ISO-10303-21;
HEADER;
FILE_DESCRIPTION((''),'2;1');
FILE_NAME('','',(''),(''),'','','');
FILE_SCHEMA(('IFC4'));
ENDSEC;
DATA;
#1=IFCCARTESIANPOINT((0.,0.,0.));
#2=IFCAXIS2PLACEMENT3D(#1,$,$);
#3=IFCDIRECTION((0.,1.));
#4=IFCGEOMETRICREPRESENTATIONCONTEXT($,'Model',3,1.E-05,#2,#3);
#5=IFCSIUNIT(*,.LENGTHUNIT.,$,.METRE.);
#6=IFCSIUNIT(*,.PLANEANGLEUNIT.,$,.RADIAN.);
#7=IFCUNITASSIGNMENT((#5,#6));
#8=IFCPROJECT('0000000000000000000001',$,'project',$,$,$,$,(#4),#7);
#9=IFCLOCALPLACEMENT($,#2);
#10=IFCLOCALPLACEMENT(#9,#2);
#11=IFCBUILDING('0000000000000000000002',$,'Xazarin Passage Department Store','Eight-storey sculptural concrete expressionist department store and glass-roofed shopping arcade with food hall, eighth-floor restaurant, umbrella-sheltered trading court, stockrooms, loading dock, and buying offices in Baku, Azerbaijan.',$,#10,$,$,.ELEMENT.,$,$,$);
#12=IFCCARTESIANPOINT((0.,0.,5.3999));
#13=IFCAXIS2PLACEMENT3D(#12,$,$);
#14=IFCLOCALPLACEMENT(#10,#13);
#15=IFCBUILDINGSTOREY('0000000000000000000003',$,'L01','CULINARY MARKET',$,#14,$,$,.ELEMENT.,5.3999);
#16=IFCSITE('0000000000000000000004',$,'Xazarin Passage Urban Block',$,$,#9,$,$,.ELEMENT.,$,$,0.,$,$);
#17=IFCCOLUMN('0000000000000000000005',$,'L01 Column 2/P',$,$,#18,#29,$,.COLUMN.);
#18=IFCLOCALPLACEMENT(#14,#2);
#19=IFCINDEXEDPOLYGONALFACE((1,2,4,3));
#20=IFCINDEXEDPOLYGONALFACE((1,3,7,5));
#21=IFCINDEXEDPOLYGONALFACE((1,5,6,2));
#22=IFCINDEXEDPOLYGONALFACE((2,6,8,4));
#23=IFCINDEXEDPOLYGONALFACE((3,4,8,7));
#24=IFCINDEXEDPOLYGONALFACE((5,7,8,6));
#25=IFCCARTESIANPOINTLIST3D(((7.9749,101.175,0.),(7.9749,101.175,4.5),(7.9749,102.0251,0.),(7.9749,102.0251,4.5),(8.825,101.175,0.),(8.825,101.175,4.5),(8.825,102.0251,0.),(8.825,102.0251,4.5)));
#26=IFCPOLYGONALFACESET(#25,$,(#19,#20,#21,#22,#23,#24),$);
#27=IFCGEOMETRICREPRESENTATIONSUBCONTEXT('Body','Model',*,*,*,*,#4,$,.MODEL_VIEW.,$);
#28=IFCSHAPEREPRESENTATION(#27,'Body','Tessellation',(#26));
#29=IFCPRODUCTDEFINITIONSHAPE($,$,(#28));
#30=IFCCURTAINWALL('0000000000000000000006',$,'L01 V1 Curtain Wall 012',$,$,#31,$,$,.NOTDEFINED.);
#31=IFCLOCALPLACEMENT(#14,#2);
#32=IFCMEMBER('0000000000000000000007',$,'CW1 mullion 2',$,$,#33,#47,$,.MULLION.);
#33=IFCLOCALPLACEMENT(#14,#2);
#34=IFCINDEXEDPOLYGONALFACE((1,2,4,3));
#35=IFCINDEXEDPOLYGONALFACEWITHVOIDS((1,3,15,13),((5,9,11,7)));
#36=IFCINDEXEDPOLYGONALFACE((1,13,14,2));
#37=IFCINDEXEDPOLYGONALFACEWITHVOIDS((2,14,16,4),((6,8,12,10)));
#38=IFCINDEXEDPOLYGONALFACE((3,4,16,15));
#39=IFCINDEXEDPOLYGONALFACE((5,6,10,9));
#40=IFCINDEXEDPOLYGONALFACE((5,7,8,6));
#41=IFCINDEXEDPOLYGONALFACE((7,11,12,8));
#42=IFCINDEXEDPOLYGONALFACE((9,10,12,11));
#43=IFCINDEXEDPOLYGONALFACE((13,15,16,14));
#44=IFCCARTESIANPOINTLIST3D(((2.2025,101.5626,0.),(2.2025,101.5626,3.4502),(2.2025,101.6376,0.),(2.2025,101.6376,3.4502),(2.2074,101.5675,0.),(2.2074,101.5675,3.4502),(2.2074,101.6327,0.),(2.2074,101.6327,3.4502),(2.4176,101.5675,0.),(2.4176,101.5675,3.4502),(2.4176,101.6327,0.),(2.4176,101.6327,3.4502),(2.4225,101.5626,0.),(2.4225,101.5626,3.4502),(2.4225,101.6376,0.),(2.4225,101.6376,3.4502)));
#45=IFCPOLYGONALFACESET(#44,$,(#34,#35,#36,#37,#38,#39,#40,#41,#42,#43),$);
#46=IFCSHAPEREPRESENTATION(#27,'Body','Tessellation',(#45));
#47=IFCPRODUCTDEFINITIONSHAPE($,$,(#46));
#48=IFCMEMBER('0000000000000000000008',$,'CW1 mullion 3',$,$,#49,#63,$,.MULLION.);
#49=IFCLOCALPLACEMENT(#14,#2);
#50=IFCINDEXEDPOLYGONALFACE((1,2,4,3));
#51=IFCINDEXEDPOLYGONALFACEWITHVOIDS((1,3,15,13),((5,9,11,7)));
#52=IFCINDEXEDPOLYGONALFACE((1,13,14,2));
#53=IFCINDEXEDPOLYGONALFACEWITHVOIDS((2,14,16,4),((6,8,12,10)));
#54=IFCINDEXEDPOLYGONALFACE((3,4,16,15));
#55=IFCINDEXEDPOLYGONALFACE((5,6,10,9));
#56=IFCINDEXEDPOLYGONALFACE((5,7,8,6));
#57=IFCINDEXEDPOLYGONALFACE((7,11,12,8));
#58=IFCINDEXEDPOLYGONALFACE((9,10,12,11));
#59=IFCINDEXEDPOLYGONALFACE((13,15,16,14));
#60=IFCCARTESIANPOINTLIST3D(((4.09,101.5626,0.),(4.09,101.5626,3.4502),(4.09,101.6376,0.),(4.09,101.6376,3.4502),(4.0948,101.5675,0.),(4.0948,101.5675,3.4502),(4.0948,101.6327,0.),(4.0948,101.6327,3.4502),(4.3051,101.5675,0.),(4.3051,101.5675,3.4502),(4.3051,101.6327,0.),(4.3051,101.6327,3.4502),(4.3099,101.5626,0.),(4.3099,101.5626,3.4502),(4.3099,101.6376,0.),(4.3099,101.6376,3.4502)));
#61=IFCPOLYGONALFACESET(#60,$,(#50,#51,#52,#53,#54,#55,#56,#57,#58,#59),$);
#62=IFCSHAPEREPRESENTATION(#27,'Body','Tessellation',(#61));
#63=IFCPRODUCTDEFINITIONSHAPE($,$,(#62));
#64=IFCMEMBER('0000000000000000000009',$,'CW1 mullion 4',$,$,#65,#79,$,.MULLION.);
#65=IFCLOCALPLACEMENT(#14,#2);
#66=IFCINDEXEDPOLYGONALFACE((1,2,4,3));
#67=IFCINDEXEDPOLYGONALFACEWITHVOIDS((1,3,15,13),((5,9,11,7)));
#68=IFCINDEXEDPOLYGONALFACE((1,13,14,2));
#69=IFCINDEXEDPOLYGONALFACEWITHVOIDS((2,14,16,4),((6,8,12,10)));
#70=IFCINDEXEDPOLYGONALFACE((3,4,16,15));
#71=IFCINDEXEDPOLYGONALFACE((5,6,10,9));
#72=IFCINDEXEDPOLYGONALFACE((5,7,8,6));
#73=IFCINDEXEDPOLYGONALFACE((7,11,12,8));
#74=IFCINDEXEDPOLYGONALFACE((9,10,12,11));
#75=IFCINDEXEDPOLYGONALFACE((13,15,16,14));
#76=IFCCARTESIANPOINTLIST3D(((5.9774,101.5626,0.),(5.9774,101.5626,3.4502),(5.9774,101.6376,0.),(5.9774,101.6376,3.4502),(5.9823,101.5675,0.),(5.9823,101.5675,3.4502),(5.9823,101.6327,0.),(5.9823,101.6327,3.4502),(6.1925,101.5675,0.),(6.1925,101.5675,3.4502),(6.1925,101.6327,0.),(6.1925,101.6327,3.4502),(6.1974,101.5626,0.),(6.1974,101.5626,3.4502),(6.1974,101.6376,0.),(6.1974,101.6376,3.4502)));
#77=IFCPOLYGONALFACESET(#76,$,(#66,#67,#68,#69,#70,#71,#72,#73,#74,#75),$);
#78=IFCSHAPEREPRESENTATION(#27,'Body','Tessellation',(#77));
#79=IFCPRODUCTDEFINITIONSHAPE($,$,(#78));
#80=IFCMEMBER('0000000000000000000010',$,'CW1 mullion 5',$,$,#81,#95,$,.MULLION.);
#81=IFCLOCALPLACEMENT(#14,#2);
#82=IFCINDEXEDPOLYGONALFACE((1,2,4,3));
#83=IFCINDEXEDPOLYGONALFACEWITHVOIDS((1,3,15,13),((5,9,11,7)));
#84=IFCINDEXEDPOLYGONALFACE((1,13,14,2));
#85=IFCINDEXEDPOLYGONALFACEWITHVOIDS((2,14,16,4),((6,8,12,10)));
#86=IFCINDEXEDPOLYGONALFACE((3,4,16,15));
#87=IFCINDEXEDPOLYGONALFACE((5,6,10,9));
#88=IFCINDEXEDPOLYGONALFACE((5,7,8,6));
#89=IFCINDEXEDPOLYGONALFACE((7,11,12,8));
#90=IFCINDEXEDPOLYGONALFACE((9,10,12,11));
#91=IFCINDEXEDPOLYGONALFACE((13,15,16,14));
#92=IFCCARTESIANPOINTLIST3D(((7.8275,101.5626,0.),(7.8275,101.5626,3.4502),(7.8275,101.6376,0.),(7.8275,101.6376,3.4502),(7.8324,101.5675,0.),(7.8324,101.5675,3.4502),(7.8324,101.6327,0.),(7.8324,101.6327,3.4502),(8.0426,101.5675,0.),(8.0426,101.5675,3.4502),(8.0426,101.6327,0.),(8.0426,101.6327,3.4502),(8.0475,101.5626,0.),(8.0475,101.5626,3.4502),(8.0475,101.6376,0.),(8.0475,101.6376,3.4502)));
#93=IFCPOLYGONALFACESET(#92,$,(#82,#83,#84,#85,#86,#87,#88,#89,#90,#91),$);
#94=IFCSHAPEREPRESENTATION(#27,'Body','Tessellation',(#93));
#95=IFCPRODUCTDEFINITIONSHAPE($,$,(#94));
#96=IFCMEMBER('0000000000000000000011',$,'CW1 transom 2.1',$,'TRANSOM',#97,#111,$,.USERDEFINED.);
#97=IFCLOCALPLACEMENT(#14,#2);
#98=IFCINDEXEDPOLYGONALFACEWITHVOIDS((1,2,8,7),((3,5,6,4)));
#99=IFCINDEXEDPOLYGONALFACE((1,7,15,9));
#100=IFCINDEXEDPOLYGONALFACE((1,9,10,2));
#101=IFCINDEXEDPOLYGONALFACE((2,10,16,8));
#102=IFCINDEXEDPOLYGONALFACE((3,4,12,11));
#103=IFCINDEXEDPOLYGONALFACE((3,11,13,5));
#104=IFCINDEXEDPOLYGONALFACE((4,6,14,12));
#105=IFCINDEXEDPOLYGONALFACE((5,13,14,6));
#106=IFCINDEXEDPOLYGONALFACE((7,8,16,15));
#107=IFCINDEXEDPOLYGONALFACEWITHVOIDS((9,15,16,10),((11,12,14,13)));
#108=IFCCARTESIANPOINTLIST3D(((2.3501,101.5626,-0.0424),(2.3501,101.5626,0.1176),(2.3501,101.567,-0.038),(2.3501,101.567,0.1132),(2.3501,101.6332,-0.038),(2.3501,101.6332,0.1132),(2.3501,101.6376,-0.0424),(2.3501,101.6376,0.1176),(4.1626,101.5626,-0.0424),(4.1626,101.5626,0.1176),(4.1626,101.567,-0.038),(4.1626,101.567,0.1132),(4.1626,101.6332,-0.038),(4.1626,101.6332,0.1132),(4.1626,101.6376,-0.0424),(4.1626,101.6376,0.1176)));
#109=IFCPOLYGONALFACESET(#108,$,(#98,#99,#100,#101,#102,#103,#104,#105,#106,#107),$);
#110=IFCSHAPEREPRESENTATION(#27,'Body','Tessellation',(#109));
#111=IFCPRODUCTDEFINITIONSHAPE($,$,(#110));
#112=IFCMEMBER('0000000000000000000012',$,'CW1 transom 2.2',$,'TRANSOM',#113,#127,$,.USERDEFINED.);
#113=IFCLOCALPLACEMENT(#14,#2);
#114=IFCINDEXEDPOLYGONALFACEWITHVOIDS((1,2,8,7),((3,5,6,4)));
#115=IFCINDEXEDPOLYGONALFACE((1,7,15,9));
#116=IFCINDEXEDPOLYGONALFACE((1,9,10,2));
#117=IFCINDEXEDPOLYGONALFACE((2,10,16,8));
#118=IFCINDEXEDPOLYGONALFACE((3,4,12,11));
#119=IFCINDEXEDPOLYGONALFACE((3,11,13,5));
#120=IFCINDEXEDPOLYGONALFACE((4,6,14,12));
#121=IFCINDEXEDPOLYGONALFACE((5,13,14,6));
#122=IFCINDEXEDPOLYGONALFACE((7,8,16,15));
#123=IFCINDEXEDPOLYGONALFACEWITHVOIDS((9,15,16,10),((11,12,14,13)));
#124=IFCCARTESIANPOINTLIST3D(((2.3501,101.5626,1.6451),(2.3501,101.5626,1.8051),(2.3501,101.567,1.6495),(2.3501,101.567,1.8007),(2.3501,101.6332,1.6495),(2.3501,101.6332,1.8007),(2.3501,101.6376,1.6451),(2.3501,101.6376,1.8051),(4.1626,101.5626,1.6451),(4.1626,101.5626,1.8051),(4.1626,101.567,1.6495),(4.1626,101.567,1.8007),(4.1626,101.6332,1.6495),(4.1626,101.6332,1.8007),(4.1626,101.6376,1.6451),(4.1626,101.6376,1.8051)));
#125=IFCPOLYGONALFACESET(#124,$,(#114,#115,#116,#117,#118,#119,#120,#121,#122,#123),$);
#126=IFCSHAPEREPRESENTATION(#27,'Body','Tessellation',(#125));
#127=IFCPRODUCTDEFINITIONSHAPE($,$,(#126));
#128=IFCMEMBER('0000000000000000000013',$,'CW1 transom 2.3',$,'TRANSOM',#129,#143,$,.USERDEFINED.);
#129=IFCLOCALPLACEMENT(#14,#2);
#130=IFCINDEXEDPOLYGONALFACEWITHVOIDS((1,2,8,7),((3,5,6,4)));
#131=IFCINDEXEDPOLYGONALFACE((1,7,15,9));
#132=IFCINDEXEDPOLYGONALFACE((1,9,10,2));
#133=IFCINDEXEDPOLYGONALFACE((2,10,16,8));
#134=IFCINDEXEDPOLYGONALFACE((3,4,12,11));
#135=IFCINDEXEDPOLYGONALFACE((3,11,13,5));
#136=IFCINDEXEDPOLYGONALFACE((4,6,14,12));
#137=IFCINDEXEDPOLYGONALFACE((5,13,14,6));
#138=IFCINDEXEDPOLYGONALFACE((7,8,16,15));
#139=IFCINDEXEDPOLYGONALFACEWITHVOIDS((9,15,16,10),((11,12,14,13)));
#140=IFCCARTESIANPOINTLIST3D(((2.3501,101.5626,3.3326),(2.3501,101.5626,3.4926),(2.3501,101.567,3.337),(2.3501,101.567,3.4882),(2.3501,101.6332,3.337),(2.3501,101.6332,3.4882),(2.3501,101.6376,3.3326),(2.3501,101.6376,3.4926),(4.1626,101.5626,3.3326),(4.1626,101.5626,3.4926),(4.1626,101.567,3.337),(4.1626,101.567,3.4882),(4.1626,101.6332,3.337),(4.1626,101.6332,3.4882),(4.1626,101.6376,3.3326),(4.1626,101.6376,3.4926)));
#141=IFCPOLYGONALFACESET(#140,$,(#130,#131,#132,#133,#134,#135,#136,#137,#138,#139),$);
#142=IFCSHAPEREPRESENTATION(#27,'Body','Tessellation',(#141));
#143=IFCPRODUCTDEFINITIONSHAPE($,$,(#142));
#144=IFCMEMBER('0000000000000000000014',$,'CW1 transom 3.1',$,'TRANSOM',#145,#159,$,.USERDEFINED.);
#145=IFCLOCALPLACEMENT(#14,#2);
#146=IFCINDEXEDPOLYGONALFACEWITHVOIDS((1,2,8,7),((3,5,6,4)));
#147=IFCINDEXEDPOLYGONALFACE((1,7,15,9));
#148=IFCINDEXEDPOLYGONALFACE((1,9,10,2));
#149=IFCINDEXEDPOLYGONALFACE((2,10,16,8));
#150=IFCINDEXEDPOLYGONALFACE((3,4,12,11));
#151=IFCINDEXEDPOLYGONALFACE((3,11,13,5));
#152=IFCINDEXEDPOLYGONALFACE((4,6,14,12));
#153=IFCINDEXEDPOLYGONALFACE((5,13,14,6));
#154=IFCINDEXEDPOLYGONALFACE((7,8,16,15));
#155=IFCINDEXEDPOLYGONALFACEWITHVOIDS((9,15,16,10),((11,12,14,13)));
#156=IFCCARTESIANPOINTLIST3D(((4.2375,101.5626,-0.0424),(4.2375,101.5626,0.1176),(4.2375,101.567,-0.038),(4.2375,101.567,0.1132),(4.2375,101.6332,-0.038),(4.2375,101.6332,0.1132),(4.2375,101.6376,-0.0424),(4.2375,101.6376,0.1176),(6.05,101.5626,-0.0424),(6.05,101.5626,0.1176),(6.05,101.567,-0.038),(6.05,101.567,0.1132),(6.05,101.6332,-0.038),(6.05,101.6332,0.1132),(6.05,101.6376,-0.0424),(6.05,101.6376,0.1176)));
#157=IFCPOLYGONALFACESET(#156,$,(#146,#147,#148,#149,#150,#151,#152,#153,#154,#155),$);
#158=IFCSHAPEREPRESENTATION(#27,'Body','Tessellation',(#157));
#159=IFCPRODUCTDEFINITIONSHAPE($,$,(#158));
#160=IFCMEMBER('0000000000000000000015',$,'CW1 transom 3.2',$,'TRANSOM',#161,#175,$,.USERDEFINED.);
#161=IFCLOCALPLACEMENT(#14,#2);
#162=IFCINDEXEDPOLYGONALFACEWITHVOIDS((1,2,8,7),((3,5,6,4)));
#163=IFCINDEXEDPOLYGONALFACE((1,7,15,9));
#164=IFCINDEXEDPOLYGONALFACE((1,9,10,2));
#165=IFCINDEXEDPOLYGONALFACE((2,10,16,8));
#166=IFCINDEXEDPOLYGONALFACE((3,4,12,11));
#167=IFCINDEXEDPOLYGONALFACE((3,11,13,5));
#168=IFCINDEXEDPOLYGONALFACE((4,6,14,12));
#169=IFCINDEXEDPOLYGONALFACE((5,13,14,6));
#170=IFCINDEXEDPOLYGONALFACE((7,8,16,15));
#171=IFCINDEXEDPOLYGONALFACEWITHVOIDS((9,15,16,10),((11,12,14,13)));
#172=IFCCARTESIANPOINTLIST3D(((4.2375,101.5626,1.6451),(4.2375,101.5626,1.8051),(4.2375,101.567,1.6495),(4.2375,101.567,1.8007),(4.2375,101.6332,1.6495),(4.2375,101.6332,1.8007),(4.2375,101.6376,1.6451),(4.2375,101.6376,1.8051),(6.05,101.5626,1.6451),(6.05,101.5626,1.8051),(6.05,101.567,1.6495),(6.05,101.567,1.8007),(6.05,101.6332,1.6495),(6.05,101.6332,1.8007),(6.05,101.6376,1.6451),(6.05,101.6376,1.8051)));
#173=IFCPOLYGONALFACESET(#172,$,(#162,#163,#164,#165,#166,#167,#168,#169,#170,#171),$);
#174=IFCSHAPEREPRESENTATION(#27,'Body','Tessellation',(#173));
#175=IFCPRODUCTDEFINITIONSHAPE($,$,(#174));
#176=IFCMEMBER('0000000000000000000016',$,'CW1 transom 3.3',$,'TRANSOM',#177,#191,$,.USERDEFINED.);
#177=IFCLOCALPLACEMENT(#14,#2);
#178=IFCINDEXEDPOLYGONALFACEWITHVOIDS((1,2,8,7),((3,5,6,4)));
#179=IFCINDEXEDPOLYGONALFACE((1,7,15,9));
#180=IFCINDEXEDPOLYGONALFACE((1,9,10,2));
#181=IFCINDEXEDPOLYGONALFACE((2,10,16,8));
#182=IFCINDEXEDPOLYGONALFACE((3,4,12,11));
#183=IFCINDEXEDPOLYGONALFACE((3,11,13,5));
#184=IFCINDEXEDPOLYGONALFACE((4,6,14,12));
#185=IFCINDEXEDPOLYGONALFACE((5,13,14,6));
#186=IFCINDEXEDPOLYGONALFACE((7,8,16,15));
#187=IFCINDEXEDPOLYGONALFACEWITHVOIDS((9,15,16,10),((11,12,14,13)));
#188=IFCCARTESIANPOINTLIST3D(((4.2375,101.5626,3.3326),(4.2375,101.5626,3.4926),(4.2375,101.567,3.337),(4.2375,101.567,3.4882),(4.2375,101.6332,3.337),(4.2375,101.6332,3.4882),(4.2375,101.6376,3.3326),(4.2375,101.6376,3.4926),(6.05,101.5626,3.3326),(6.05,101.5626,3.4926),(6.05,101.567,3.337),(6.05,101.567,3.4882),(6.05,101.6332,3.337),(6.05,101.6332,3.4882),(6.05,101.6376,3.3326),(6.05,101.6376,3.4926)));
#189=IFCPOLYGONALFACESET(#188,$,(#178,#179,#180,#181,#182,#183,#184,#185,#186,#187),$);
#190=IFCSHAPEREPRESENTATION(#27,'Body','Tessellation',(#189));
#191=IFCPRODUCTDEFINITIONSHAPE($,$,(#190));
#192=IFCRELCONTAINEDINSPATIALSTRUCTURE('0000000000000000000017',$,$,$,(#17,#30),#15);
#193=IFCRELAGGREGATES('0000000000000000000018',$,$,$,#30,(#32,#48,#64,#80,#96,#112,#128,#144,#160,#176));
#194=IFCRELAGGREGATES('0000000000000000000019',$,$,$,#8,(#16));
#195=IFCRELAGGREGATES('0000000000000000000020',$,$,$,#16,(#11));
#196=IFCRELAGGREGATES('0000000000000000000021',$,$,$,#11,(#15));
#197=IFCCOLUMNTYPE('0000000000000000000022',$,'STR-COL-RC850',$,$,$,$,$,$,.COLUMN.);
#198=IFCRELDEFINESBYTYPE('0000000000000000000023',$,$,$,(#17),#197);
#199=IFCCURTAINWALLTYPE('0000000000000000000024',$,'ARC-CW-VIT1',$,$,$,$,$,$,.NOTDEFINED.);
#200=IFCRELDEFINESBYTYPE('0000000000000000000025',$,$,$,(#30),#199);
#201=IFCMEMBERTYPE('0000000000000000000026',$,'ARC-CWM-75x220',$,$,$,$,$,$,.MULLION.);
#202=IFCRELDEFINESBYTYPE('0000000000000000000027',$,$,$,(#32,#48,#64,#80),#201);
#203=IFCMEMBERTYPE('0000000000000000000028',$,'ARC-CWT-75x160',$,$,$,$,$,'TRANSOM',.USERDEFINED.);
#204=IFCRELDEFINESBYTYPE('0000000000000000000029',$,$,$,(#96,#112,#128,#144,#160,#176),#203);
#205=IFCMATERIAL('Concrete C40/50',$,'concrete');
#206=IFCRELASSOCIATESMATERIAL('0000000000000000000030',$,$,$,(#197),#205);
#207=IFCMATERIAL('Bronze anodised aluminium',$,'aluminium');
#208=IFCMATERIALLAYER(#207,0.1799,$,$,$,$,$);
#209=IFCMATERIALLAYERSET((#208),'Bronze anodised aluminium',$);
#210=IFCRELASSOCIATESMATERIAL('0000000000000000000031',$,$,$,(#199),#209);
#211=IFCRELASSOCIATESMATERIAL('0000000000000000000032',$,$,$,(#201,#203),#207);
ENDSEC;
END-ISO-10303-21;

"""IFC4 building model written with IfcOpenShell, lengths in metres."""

from ifc_helpers import new_model, si_unit, direction, frame, origin, origin_2d, place, context, subcontext, project, spatial, rectangle, hollow_rectangle, extrude, material, layer, layer_set, material_profile, profile_set, type_object, element, aggregate, save


model = new_model("IFC4")

# Units and contexts
model_context = context("Model", 3, precision=1e-05, world=origin(), true_north=direction((0.0, 1.0)))
body_context = subcontext(model_context, "Body", "Model", "MODEL_VIEW")
ifc_project = project(units=[si_unit("LENGTHUNIT", "METRE"), si_unit("PLANEANGLEUNIT", "RADIAN")], contexts=[model_context])

# Site, building, storey
site_placement = place(None, origin())
site = spatial("IfcSite", under=ifc_project, at=site_placement, Name="Xazarin Passage Urban Block", CompositionType="ELEMENT", RefElevation=0.0)
building_placement = place(site_placement, origin())
building = spatial("IfcBuilding", under=site, at=building_placement, Name="Xazarin Passage Department Store", Description="Eight-storey sculptural concrete expressionist department store and glass-roofed shopping arcade with food hall, eighth-floor restaurant, umbrella-sheltered trading court, stockrooms, loading dock, and buying offices in Baku, Azerbaijan.", CompositionType="ELEMENT")
storey_placement = place(building_placement, frame((0.0, 0.0, 5.3999)))
storey = spatial("IfcBuildingStorey", under=building, at=storey_placement, Name="L01", Description="CULINARY MARKET", CompositionType="ELEMENT", Elevation=5.3999)

# Column
ifc_material_1 = material(Name="Concrete C40/50", Category="concrete")
ifc_material_profile_1 = material_profile(ifc_material_1, rectangle(XDim=0.8501, YDim=0.8501, at=origin_2d()), Name="RC 850x850")
ifc_profile_set_1 = profile_set([ifc_material_profile_1], Name="Concrete C40/50")
column_type = type_object("IfcColumnType", Name="STR-COL-RC850", PredefinedType="COLUMN", material=ifc_profile_set_1)
column_placement = place(storey_placement, frame((8.3999, 101.6001, 0.0), z_axis=(0.0, 0.0, 1.0), x_axis=(1.0, 0.0, 0.0)))
element("IfcColumn", 1, at=column_placement, inside=storey, type_object=column_type, Name="L01 Column 2/P", PredefinedType="COLUMN", context=body_context, shape_type="SweptSolid", body=[
    extrude(rectangle(XDim=0.8501, YDim=0.8501, at=origin_2d()), origin(), (0.0, 0.0, 1.0), 4.5),
])

# Curtain wall, members
ifc_material_2 = material(Name="Bronze anodised aluminium", Category="aluminium")
ifc_layer_1 = layer(ifc_material_2, 0.1799)
ifc_layer_set_1 = layer_set([ifc_layer_1], Name="Bronze anodised aluminium")
curtain_wall_type = type_object("IfcCurtainWallType", Name="ARC-CW-VIT1", PredefinedType="NOTDEFINED", material=ifc_layer_set_1)
curtain_wall_placement = place(storey_placement, origin())
curtain_wall = element("IfcCurtainWall", 2, at=curtain_wall_placement, inside=storey, type_object=curtain_wall_type, Name="L01 V1 Curtain Wall 012", PredefinedType="NOTDEFINED")
ifc_material_profile_2 = material_profile(ifc_material_2, hollow_rectangle(XDim=0.075, YDim=0.22, WallThickness=0.0049, at=origin_2d()), Name="ALU 75x220")
ifc_profile_set_2 = profile_set([ifc_material_profile_2], Name="Bronze anodised aluminium")
member_type_1 = type_object("IfcMemberType", Name="ARC-CWM-75x220", PredefinedType="MULLION", material=ifc_profile_set_2)
member_1_placement = place(storey_placement, frame((2.3125, 101.6001, 0.0), z_axis=(0.0, 0.0, 1.0), x_axis=(0.0, 1.0, 0.0)))
member_1 = element("IfcMember", 3, at=member_1_placement, type_object=member_type_1, Name="CW1 mullion 2", PredefinedType="MULLION", context=body_context, shape_type="SweptSolid", body=[
    extrude(hollow_rectangle(XDim=0.075, YDim=0.22, WallThickness=0.0049, at=origin_2d()), origin(), (0.0, 0.0, 1.0), 3.4502),
])
member_2_placement = place(storey_placement, frame((4.2, 101.6001, 0.0), z_axis=(0.0, 0.0, 1.0), x_axis=(0.0, 1.0, 0.0)))
member_2 = element("IfcMember", 4, at=member_2_placement, type_object=member_type_1, Name="CW1 mullion 3", PredefinedType="MULLION", context=body_context, shape_type="SweptSolid", body=[
    extrude(hollow_rectangle(XDim=0.075, YDim=0.22, WallThickness=0.0049, at=origin_2d()), origin(), (0.0, 0.0, 1.0), 3.4502),
])
member_3_placement = place(storey_placement, frame((6.0874, 101.6001, 0.0), z_axis=(0.0, 0.0, 1.0), x_axis=(0.0, 1.0, 0.0)))
member_3 = element("IfcMember", 5, at=member_3_placement, type_object=member_type_1, Name="CW1 mullion 4", PredefinedType="MULLION", context=body_context, shape_type="SweptSolid", body=[
    extrude(hollow_rectangle(XDim=0.075, YDim=0.22, WallThickness=0.0049, at=origin_2d()), origin(), (0.0, 0.0, 1.0), 3.4502),
])
member_4_placement = place(storey_placement, frame((7.9375, 101.6001, 0.0), z_axis=(0.0, 0.0, 1.0), x_axis=(0.0, 1.0, 0.0)))
member_4 = element("IfcMember", 6, at=member_4_placement, type_object=member_type_1, Name="CW1 mullion 5", PredefinedType="MULLION", context=body_context, shape_type="SweptSolid", body=[
    extrude(hollow_rectangle(XDim=0.075, YDim=0.22, WallThickness=0.0049, at=origin_2d()), origin(), (0.0, 0.0, 1.0), 3.4502),
])
ifc_material_profile_3 = material_profile(ifc_material_2, hollow_rectangle(XDim=0.075, YDim=0.1599, WallThickness=0.0044, at=origin_2d()), Name="ALU 75x160")
ifc_profile_set_3 = profile_set([ifc_material_profile_3], Name="Bronze anodised aluminium")
member_type_2 = type_object("IfcMemberType", Name="ARC-CWT-75x160", ElementType="TRANSOM", PredefinedType="USERDEFINED", material=ifc_profile_set_3)
member_5_placement = place(storey_placement, frame((2.3501, 101.6001, 0.0376), z_axis=(1.0, 0.0, 0.0), x_axis=(0.0, 1.0, 0.0)))
member_5 = element("IfcMember", 7, at=member_5_placement, type_object=member_type_2, Name="CW1 transom 2.1", ObjectType="TRANSOM", PredefinedType="USERDEFINED", context=body_context, shape_type="SweptSolid", body=[
    extrude(hollow_rectangle(XDim=0.075, YDim=0.1599, WallThickness=0.0044, at=origin_2d()), origin(), (0.0, 0.0, 1.0), 1.8125),
])
member_6_placement = place(storey_placement, frame((2.3501, 101.6001, 1.7251), z_axis=(1.0, 0.0, 0.0), x_axis=(0.0, 1.0, 0.0)))
member_6 = element("IfcMember", 8, at=member_6_placement, type_object=member_type_2, Name="CW1 transom 2.2", ObjectType="TRANSOM", PredefinedType="USERDEFINED", context=body_context, shape_type="SweptSolid", body=[
    extrude(hollow_rectangle(XDim=0.075, YDim=0.1599, WallThickness=0.0044, at=origin_2d()), origin(), (0.0, 0.0, 1.0), 1.8125),
])
member_7_placement = place(storey_placement, frame((2.3501, 101.6001, 3.4126), z_axis=(1.0, 0.0, 0.0), x_axis=(0.0, 1.0, 0.0)))
member_7 = element("IfcMember", 9, at=member_7_placement, type_object=member_type_2, Name="CW1 transom 2.3", ObjectType="TRANSOM", PredefinedType="USERDEFINED", context=body_context, shape_type="SweptSolid", body=[
    extrude(hollow_rectangle(XDim=0.075, YDim=0.1599, WallThickness=0.0044, at=origin_2d()), origin(), (0.0, 0.0, 1.0), 1.8125),
])
member_8_placement = place(storey_placement, frame((4.2375, 101.6001, 0.0376), z_axis=(1.0, 0.0, 0.0), x_axis=(0.0, 1.0, 0.0)))
member_8 = element("IfcMember", 10, at=member_8_placement, type_object=member_type_2, Name="CW1 transom 3.1", ObjectType="TRANSOM", PredefinedType="USERDEFINED", context=body_context, shape_type="SweptSolid", body=[
    extrude(hollow_rectangle(XDim=0.075, YDim=0.1599, WallThickness=0.0044, at=origin_2d()), origin(), (0.0, 0.0, 1.0), 1.8125),
])
member_9_placement = place(storey_placement, frame((4.2375, 101.6001, 1.7251), z_axis=(1.0, 0.0, 0.0), x_axis=(0.0, 1.0, 0.0)))
member_9 = element("IfcMember", 11, at=member_9_placement, type_object=member_type_2, Name="CW1 transom 3.2", ObjectType="TRANSOM", PredefinedType="USERDEFINED", context=body_context, shape_type="SweptSolid", body=[
    extrude(hollow_rectangle(XDim=0.075, YDim=0.1599, WallThickness=0.0044, at=origin_2d()), origin(), (0.0, 0.0, 1.0), 1.8125),
])
member_10_placement = place(storey_placement, frame((4.2375, 101.6001, 3.4126), z_axis=(1.0, 0.0, 0.0), x_axis=(0.0, 1.0, 0.0)))
member_10 = element("IfcMember", 12, at=member_10_placement, type_object=member_type_2, Name="CW1 transom 3.3", ObjectType="TRANSOM", PredefinedType="USERDEFINED", context=body_context, shape_type="SweptSolid", body=[
    extrude(hollow_rectangle(XDim=0.075, YDim=0.1599, WallThickness=0.0044, at=origin_2d()), origin(), (0.0, 0.0, 1.0), 1.8125),
])
aggregate(curtain_wall, [member_1, member_2, member_3, member_4, member_5, member_6, member_7, member_8, member_9, member_10])

save(model, "model.ifc")
